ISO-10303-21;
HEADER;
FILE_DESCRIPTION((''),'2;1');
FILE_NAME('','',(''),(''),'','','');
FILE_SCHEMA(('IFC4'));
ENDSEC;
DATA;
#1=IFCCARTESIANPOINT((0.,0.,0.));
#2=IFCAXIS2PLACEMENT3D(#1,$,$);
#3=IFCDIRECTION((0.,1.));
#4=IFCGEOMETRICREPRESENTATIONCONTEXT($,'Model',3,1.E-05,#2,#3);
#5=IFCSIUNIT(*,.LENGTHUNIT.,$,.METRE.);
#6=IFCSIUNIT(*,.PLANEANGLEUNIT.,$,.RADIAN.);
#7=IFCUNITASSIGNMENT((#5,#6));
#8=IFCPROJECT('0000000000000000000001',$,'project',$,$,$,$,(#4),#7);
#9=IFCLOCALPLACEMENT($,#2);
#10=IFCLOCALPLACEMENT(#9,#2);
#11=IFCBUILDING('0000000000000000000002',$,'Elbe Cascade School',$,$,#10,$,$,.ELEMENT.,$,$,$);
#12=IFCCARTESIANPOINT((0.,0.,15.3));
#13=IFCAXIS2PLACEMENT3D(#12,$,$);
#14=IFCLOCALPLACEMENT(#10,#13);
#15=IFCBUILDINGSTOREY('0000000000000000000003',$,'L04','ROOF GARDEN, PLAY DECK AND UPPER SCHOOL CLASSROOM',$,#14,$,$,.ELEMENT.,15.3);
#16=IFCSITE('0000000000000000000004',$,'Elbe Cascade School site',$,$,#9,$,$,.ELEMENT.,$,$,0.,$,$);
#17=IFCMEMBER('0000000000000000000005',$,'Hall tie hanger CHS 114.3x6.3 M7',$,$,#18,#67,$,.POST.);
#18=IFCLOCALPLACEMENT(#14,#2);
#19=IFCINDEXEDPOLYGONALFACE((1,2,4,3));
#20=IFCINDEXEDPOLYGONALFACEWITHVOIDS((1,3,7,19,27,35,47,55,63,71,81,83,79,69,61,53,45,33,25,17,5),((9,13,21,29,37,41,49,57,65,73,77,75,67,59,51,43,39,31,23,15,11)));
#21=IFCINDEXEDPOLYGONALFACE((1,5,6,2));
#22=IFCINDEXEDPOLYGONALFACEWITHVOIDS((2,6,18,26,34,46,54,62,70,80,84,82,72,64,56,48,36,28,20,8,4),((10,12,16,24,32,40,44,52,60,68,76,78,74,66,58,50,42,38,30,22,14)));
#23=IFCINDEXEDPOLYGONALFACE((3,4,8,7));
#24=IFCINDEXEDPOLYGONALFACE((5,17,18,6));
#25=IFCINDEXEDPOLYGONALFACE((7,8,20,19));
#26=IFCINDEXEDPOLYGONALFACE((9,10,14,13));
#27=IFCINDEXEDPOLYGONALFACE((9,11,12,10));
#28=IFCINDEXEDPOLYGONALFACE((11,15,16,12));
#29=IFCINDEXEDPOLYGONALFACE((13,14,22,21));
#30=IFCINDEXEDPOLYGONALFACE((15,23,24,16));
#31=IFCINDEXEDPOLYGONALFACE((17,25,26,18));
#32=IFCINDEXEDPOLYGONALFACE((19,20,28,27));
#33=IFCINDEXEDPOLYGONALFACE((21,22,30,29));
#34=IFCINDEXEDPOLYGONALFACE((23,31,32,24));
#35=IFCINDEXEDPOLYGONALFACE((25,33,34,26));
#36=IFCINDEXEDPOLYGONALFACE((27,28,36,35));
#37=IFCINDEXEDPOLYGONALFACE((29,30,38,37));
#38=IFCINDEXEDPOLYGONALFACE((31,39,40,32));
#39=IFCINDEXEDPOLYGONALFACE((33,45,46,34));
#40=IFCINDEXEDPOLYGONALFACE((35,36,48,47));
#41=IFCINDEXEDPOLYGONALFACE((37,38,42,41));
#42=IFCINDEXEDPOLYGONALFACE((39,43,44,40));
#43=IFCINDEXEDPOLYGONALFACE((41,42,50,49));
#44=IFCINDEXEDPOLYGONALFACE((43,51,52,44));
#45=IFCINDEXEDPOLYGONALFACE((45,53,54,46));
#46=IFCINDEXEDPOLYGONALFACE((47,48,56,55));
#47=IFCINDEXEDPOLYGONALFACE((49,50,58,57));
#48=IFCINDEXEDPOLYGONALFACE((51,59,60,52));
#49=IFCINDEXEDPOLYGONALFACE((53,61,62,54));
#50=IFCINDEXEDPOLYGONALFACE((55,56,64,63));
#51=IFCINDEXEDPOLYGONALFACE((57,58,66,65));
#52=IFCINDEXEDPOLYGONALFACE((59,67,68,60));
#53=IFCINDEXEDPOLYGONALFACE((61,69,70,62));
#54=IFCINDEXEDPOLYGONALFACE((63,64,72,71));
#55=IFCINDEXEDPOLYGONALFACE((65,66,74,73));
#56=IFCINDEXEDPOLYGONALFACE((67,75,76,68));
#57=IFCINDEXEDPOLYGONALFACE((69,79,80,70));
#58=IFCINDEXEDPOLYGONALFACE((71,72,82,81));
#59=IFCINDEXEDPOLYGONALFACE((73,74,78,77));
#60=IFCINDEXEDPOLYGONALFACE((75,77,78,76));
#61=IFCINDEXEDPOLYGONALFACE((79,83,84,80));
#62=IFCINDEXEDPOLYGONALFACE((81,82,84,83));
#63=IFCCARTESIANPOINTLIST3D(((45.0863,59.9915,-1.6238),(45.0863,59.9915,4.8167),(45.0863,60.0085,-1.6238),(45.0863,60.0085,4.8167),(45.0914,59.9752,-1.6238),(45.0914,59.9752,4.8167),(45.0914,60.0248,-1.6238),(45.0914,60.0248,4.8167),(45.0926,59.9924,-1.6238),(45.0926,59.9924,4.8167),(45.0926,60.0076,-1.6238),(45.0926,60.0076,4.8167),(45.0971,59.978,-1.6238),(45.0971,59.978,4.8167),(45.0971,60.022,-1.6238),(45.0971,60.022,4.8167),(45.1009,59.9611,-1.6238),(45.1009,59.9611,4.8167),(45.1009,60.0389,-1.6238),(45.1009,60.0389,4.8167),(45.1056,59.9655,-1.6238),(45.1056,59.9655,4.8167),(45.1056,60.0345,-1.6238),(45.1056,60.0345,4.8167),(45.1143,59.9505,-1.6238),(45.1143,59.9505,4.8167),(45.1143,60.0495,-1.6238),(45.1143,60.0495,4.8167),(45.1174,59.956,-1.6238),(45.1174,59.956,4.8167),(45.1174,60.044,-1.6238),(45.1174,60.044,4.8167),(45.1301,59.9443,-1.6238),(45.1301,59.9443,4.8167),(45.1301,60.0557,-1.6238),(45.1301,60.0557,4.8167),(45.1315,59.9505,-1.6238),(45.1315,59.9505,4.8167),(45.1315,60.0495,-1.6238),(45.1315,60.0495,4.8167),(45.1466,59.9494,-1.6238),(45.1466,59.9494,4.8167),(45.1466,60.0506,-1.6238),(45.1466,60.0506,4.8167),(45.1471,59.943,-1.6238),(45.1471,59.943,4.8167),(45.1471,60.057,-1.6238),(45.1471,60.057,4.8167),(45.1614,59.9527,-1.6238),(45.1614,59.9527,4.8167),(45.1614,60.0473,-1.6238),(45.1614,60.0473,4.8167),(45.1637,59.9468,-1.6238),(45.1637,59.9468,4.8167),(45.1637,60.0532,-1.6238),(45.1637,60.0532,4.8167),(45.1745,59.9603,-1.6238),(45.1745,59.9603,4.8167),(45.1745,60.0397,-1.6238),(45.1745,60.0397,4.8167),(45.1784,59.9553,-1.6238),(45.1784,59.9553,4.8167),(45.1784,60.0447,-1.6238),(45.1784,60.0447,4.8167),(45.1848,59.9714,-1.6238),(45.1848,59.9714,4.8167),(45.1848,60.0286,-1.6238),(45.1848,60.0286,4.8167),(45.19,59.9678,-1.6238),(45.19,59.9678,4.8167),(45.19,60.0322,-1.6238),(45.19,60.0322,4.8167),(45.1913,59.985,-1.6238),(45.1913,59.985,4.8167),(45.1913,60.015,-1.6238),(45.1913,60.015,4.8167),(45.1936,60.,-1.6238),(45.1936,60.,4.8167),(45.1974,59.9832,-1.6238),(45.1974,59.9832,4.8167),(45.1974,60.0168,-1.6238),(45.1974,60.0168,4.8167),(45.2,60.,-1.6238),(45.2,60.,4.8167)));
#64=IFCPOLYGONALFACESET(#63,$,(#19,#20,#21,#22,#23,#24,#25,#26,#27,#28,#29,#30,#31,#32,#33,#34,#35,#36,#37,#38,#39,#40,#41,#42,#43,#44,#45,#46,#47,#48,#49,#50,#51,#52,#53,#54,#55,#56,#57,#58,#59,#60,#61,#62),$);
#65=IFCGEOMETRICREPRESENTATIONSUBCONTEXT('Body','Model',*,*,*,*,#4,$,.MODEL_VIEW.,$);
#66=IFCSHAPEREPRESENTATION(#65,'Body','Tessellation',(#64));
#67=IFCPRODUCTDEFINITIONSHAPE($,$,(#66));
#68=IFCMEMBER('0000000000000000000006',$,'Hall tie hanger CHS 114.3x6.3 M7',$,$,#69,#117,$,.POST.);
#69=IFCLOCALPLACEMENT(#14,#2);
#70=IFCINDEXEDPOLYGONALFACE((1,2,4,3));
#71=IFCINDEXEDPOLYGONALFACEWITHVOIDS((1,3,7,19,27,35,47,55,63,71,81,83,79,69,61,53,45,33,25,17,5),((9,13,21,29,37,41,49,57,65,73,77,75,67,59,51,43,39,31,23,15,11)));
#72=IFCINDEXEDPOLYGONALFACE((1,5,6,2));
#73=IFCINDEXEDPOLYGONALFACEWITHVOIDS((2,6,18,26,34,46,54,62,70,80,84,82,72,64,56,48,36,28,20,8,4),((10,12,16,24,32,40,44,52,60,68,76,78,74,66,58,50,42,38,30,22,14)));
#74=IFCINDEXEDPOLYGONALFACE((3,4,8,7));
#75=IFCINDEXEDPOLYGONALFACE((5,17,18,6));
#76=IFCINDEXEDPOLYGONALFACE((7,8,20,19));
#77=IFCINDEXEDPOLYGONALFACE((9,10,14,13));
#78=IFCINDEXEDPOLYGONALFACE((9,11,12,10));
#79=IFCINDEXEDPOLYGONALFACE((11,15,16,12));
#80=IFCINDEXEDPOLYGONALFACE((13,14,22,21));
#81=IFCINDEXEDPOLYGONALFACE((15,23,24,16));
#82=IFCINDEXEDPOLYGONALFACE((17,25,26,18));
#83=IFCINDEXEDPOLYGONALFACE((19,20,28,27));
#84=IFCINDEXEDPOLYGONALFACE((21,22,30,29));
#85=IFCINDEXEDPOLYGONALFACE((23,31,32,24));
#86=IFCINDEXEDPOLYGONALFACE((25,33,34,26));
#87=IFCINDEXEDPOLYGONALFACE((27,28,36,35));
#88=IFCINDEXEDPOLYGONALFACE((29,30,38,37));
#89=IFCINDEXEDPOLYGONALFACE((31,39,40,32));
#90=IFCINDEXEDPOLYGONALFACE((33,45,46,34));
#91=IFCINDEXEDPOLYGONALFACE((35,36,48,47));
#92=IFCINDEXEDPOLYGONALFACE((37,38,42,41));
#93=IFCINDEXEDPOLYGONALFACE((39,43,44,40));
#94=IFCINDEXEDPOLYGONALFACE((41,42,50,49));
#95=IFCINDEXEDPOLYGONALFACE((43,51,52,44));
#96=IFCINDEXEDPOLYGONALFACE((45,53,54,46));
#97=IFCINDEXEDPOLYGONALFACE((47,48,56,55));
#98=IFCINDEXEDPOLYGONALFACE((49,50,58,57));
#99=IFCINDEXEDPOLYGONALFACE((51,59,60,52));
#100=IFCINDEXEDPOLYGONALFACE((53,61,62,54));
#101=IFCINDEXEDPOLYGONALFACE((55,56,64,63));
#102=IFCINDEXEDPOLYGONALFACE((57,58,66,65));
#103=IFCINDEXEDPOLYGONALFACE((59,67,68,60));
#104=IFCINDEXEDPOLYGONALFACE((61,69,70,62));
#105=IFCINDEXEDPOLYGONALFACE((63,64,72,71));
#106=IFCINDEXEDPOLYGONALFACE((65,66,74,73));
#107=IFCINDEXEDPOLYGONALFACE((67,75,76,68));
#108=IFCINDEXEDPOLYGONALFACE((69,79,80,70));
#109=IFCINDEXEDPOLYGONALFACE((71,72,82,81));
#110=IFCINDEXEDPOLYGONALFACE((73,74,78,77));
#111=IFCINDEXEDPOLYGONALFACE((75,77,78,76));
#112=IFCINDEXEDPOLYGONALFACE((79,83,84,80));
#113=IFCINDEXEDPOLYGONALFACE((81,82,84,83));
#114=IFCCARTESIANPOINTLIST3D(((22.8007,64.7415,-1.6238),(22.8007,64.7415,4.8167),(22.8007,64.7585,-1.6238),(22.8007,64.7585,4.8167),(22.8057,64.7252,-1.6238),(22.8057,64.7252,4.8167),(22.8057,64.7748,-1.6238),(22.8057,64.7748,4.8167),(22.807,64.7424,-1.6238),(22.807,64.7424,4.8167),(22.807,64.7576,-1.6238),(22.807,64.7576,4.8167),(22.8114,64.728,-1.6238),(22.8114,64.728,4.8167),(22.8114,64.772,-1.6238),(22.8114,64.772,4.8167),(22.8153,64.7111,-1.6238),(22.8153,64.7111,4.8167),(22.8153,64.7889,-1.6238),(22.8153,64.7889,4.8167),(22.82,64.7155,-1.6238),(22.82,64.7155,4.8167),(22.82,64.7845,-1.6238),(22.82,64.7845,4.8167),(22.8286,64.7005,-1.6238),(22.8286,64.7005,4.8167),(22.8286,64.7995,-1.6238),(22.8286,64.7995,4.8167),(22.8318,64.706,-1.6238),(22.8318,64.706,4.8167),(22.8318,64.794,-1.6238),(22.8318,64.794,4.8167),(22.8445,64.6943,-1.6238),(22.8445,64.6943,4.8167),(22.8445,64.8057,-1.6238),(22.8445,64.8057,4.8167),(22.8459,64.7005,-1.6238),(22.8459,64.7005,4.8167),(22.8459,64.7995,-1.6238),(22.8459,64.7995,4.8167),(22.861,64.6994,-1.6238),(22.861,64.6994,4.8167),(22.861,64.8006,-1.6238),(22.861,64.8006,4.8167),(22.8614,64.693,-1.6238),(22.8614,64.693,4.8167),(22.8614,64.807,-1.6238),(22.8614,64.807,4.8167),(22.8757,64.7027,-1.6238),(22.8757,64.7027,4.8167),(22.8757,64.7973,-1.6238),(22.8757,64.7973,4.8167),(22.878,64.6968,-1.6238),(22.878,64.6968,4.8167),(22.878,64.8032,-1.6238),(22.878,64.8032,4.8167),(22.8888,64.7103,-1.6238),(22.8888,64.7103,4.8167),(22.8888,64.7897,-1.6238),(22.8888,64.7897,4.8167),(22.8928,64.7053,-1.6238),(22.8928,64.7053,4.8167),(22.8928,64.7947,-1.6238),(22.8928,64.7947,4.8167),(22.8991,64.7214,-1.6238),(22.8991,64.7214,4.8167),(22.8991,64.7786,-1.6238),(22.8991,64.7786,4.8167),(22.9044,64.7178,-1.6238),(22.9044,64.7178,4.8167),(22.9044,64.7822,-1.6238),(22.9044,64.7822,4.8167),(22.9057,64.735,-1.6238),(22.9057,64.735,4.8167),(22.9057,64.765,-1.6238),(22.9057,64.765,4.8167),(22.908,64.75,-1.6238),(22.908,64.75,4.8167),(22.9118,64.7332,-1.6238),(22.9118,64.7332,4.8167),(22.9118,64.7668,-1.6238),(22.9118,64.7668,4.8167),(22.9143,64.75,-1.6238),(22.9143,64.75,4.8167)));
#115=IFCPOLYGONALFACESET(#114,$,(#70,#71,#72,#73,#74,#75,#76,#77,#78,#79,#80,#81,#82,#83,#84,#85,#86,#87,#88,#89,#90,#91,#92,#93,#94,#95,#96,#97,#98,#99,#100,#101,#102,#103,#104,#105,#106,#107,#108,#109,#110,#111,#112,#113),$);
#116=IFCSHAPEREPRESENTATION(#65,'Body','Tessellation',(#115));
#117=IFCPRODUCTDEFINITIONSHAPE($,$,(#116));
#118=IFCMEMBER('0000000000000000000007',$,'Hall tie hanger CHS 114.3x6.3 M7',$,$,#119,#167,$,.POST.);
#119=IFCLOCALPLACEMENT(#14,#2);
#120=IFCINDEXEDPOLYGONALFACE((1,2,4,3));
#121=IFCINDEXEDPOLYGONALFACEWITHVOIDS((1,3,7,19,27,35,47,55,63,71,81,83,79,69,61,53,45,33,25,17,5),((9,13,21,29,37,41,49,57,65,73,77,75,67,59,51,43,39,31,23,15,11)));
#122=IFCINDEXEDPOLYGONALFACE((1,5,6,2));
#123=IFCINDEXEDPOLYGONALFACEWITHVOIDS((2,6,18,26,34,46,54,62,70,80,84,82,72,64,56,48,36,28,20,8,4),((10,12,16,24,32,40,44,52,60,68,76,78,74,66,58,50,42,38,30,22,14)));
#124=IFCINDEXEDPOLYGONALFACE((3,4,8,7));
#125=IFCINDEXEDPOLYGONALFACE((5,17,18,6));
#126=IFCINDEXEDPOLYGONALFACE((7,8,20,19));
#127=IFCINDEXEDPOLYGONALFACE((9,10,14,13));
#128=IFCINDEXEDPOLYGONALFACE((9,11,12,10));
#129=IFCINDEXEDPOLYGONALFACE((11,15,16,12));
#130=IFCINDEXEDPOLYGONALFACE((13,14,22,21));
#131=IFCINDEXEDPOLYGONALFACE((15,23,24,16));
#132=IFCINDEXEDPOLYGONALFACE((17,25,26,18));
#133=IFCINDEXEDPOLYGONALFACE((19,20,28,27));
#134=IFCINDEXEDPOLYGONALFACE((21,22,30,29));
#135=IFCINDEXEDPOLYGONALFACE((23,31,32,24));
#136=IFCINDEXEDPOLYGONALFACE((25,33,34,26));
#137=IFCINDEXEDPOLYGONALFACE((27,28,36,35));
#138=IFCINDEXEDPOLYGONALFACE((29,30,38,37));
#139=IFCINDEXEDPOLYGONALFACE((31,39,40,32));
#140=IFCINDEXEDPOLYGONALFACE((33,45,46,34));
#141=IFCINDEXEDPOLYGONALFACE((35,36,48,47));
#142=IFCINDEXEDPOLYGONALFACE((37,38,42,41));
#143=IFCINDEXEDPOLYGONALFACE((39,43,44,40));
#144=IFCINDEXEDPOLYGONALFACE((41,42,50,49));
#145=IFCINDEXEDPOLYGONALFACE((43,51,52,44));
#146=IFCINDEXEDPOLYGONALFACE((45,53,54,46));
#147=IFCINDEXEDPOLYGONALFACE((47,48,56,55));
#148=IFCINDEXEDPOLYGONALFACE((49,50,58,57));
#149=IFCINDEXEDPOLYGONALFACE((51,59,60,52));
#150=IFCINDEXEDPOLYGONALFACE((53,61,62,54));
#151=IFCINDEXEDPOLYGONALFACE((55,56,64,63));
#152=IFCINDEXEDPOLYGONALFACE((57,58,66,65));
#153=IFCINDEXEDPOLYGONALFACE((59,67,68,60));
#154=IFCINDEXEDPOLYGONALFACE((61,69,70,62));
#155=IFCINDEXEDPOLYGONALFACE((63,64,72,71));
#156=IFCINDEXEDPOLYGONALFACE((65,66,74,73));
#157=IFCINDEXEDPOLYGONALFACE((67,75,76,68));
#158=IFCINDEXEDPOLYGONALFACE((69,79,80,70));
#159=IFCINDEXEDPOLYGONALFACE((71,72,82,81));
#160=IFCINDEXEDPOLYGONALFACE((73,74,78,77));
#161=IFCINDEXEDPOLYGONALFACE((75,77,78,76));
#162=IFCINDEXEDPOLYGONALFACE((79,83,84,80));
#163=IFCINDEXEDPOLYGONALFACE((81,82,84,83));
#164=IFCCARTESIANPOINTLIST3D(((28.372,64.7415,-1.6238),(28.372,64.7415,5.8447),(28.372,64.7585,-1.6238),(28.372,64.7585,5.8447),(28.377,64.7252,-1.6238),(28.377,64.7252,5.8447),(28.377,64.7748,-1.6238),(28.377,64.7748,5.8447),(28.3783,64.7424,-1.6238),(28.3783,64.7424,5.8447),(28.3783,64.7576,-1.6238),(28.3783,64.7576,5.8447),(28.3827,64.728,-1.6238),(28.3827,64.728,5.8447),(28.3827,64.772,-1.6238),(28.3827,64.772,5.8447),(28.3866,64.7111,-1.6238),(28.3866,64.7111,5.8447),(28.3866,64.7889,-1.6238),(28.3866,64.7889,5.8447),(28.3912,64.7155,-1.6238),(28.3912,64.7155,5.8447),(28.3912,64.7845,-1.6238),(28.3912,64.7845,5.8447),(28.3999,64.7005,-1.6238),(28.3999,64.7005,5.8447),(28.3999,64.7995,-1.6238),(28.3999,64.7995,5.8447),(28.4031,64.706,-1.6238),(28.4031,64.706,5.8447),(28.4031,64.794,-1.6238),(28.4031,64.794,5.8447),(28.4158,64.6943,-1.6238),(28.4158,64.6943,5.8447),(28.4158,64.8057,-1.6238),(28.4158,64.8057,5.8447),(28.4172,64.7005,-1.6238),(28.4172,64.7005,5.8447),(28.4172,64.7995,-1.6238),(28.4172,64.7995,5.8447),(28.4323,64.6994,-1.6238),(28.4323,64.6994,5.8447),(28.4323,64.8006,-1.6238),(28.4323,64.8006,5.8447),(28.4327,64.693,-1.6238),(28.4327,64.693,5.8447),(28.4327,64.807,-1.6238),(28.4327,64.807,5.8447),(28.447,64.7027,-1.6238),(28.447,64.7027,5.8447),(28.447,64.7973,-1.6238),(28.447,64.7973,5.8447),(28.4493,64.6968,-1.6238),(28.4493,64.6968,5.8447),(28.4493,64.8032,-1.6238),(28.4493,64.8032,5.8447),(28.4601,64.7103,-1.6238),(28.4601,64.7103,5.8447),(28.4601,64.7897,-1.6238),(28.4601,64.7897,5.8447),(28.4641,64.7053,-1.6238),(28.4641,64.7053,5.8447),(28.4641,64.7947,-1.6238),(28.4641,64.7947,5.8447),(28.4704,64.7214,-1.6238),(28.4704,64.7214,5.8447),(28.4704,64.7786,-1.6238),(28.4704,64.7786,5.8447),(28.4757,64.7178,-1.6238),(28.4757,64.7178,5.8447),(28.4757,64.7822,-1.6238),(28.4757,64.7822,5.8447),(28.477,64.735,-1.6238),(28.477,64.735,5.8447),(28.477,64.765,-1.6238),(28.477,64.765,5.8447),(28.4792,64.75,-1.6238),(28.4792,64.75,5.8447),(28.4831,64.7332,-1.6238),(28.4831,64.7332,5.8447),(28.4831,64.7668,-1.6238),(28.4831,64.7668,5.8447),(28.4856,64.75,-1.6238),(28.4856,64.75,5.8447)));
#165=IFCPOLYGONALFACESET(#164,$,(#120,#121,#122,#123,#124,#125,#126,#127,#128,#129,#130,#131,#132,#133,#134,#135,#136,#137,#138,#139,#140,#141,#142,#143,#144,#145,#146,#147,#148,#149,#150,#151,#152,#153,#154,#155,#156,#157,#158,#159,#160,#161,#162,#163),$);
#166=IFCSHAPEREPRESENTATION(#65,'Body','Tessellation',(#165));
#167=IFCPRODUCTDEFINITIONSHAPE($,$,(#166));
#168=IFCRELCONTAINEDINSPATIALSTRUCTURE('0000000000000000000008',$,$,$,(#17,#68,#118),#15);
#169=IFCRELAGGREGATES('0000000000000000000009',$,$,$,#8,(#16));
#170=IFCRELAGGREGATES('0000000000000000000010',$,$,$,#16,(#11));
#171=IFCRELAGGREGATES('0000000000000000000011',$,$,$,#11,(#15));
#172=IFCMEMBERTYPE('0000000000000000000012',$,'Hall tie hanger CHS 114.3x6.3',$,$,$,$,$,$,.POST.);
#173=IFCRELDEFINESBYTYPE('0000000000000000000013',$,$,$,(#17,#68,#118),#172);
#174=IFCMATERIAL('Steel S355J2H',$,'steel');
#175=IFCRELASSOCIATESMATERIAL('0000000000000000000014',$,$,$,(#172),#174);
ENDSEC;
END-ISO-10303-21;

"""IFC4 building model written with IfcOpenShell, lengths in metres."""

from ifc_helpers import new_model, si_unit, direction, frame, origin, origin_2d, place, context, subcontext, project, spatial, hollow_circle, extrude, material, material_profile, profile_set, type_object, element, save


model = new_model("IFC4")

# Units and contexts
model_context = context("Model", 3, precision=1e-05, world=origin(), true_north=direction((0.0, 1.0)))
body_context = subcontext(model_context, "Body", "Model", "MODEL_VIEW")
ifc_project = project(units=[si_unit("LENGTHUNIT", "METRE"), si_unit("PLANEANGLEUNIT", "RADIAN")], contexts=[model_context])

# Site, building, storey
site_placement = place(None, origin())
site = spatial("IfcSite", under=ifc_project, at=site_placement, Name="Elbe Cascade School site", CompositionType="ELEMENT", RefElevation=0.0)
building_placement = place(site_placement, origin())
building = spatial("IfcBuilding", under=site, at=building_placement, Name="Elbe Cascade School", CompositionType="ELEMENT")
storey_placement = place(building_placement, frame((0.0, 0.0, 15.3)))
storey = spatial("IfcBuildingStorey", under=building, at=storey_placement, Name="L04", Description="ROOF GARDEN, PLAY DECK AND UPPER SCHOOL CLASSROOM", CompositionType="ELEMENT", Elevation=15.3)

# Members
ifc_material_1 = material(Name="Steel S355J2H", Category="steel")
ifc_material_profile_1 = material_profile(ifc_material_1, hollow_circle(Radius=0.0571, WallThickness=0.0063, at=origin_2d()), Name="CHS 114.3x6.3")
ifc_profile_set_1 = profile_set([ifc_material_profile_1], Name="Steel S355J2H")
member_type_1 = type_object("IfcMemberType", Name="Hall tie hanger CHS 114.3x6.3", PredefinedType="POST", material=ifc_profile_set_1)
for number, where, z_axis, x_axis, name in (
    (1, (45.1428, 60.0, -1.6238), (0.0, 0.0, 1.0), (1.0, 0.0, 0.0), "Hall tie hanger CHS 114.3x6.3 M7"),
    (2, (22.8572, 64.75, -1.6238), (0.0, 0.0, 1.0), (1.0, 0.0, 0.0), "Hall tie hanger CHS 114.3x6.3 M7"),
):
    element("IfcMember", number, at=place(storey_placement, frame(where, z_axis=z_axis, x_axis=x_axis)), inside=storey, type_object=member_type_1, Name=name, PredefinedType="POST", context=body_context, shape_type="SweptSolid", body=[
        extrude(hollow_circle(Radius=0.0571, WallThickness=0.0063, at=origin_2d()), origin(), (0.0, 0.0, 1.0), 6.4404),
    ])
member_1_placement = place(storey_placement, frame((28.4285, 64.75, -1.6238), z_axis=(0.0, 0.0, 1.0), x_axis=(1.0, 0.0, 0.0)))
element("IfcMember", 3, at=member_1_placement, inside=storey, type_object=member_type_1, Name="Hall tie hanger CHS 114.3x6.3 M7", PredefinedType="POST", context=body_context, shape_type="SweptSolid", body=[
    extrude(hollow_circle(Radius=0.0571, WallThickness=0.0063, at=origin_2d()), origin(), (0.0, 0.0, 1.0), 7.4685),
])

save(model, "model.ifc")
